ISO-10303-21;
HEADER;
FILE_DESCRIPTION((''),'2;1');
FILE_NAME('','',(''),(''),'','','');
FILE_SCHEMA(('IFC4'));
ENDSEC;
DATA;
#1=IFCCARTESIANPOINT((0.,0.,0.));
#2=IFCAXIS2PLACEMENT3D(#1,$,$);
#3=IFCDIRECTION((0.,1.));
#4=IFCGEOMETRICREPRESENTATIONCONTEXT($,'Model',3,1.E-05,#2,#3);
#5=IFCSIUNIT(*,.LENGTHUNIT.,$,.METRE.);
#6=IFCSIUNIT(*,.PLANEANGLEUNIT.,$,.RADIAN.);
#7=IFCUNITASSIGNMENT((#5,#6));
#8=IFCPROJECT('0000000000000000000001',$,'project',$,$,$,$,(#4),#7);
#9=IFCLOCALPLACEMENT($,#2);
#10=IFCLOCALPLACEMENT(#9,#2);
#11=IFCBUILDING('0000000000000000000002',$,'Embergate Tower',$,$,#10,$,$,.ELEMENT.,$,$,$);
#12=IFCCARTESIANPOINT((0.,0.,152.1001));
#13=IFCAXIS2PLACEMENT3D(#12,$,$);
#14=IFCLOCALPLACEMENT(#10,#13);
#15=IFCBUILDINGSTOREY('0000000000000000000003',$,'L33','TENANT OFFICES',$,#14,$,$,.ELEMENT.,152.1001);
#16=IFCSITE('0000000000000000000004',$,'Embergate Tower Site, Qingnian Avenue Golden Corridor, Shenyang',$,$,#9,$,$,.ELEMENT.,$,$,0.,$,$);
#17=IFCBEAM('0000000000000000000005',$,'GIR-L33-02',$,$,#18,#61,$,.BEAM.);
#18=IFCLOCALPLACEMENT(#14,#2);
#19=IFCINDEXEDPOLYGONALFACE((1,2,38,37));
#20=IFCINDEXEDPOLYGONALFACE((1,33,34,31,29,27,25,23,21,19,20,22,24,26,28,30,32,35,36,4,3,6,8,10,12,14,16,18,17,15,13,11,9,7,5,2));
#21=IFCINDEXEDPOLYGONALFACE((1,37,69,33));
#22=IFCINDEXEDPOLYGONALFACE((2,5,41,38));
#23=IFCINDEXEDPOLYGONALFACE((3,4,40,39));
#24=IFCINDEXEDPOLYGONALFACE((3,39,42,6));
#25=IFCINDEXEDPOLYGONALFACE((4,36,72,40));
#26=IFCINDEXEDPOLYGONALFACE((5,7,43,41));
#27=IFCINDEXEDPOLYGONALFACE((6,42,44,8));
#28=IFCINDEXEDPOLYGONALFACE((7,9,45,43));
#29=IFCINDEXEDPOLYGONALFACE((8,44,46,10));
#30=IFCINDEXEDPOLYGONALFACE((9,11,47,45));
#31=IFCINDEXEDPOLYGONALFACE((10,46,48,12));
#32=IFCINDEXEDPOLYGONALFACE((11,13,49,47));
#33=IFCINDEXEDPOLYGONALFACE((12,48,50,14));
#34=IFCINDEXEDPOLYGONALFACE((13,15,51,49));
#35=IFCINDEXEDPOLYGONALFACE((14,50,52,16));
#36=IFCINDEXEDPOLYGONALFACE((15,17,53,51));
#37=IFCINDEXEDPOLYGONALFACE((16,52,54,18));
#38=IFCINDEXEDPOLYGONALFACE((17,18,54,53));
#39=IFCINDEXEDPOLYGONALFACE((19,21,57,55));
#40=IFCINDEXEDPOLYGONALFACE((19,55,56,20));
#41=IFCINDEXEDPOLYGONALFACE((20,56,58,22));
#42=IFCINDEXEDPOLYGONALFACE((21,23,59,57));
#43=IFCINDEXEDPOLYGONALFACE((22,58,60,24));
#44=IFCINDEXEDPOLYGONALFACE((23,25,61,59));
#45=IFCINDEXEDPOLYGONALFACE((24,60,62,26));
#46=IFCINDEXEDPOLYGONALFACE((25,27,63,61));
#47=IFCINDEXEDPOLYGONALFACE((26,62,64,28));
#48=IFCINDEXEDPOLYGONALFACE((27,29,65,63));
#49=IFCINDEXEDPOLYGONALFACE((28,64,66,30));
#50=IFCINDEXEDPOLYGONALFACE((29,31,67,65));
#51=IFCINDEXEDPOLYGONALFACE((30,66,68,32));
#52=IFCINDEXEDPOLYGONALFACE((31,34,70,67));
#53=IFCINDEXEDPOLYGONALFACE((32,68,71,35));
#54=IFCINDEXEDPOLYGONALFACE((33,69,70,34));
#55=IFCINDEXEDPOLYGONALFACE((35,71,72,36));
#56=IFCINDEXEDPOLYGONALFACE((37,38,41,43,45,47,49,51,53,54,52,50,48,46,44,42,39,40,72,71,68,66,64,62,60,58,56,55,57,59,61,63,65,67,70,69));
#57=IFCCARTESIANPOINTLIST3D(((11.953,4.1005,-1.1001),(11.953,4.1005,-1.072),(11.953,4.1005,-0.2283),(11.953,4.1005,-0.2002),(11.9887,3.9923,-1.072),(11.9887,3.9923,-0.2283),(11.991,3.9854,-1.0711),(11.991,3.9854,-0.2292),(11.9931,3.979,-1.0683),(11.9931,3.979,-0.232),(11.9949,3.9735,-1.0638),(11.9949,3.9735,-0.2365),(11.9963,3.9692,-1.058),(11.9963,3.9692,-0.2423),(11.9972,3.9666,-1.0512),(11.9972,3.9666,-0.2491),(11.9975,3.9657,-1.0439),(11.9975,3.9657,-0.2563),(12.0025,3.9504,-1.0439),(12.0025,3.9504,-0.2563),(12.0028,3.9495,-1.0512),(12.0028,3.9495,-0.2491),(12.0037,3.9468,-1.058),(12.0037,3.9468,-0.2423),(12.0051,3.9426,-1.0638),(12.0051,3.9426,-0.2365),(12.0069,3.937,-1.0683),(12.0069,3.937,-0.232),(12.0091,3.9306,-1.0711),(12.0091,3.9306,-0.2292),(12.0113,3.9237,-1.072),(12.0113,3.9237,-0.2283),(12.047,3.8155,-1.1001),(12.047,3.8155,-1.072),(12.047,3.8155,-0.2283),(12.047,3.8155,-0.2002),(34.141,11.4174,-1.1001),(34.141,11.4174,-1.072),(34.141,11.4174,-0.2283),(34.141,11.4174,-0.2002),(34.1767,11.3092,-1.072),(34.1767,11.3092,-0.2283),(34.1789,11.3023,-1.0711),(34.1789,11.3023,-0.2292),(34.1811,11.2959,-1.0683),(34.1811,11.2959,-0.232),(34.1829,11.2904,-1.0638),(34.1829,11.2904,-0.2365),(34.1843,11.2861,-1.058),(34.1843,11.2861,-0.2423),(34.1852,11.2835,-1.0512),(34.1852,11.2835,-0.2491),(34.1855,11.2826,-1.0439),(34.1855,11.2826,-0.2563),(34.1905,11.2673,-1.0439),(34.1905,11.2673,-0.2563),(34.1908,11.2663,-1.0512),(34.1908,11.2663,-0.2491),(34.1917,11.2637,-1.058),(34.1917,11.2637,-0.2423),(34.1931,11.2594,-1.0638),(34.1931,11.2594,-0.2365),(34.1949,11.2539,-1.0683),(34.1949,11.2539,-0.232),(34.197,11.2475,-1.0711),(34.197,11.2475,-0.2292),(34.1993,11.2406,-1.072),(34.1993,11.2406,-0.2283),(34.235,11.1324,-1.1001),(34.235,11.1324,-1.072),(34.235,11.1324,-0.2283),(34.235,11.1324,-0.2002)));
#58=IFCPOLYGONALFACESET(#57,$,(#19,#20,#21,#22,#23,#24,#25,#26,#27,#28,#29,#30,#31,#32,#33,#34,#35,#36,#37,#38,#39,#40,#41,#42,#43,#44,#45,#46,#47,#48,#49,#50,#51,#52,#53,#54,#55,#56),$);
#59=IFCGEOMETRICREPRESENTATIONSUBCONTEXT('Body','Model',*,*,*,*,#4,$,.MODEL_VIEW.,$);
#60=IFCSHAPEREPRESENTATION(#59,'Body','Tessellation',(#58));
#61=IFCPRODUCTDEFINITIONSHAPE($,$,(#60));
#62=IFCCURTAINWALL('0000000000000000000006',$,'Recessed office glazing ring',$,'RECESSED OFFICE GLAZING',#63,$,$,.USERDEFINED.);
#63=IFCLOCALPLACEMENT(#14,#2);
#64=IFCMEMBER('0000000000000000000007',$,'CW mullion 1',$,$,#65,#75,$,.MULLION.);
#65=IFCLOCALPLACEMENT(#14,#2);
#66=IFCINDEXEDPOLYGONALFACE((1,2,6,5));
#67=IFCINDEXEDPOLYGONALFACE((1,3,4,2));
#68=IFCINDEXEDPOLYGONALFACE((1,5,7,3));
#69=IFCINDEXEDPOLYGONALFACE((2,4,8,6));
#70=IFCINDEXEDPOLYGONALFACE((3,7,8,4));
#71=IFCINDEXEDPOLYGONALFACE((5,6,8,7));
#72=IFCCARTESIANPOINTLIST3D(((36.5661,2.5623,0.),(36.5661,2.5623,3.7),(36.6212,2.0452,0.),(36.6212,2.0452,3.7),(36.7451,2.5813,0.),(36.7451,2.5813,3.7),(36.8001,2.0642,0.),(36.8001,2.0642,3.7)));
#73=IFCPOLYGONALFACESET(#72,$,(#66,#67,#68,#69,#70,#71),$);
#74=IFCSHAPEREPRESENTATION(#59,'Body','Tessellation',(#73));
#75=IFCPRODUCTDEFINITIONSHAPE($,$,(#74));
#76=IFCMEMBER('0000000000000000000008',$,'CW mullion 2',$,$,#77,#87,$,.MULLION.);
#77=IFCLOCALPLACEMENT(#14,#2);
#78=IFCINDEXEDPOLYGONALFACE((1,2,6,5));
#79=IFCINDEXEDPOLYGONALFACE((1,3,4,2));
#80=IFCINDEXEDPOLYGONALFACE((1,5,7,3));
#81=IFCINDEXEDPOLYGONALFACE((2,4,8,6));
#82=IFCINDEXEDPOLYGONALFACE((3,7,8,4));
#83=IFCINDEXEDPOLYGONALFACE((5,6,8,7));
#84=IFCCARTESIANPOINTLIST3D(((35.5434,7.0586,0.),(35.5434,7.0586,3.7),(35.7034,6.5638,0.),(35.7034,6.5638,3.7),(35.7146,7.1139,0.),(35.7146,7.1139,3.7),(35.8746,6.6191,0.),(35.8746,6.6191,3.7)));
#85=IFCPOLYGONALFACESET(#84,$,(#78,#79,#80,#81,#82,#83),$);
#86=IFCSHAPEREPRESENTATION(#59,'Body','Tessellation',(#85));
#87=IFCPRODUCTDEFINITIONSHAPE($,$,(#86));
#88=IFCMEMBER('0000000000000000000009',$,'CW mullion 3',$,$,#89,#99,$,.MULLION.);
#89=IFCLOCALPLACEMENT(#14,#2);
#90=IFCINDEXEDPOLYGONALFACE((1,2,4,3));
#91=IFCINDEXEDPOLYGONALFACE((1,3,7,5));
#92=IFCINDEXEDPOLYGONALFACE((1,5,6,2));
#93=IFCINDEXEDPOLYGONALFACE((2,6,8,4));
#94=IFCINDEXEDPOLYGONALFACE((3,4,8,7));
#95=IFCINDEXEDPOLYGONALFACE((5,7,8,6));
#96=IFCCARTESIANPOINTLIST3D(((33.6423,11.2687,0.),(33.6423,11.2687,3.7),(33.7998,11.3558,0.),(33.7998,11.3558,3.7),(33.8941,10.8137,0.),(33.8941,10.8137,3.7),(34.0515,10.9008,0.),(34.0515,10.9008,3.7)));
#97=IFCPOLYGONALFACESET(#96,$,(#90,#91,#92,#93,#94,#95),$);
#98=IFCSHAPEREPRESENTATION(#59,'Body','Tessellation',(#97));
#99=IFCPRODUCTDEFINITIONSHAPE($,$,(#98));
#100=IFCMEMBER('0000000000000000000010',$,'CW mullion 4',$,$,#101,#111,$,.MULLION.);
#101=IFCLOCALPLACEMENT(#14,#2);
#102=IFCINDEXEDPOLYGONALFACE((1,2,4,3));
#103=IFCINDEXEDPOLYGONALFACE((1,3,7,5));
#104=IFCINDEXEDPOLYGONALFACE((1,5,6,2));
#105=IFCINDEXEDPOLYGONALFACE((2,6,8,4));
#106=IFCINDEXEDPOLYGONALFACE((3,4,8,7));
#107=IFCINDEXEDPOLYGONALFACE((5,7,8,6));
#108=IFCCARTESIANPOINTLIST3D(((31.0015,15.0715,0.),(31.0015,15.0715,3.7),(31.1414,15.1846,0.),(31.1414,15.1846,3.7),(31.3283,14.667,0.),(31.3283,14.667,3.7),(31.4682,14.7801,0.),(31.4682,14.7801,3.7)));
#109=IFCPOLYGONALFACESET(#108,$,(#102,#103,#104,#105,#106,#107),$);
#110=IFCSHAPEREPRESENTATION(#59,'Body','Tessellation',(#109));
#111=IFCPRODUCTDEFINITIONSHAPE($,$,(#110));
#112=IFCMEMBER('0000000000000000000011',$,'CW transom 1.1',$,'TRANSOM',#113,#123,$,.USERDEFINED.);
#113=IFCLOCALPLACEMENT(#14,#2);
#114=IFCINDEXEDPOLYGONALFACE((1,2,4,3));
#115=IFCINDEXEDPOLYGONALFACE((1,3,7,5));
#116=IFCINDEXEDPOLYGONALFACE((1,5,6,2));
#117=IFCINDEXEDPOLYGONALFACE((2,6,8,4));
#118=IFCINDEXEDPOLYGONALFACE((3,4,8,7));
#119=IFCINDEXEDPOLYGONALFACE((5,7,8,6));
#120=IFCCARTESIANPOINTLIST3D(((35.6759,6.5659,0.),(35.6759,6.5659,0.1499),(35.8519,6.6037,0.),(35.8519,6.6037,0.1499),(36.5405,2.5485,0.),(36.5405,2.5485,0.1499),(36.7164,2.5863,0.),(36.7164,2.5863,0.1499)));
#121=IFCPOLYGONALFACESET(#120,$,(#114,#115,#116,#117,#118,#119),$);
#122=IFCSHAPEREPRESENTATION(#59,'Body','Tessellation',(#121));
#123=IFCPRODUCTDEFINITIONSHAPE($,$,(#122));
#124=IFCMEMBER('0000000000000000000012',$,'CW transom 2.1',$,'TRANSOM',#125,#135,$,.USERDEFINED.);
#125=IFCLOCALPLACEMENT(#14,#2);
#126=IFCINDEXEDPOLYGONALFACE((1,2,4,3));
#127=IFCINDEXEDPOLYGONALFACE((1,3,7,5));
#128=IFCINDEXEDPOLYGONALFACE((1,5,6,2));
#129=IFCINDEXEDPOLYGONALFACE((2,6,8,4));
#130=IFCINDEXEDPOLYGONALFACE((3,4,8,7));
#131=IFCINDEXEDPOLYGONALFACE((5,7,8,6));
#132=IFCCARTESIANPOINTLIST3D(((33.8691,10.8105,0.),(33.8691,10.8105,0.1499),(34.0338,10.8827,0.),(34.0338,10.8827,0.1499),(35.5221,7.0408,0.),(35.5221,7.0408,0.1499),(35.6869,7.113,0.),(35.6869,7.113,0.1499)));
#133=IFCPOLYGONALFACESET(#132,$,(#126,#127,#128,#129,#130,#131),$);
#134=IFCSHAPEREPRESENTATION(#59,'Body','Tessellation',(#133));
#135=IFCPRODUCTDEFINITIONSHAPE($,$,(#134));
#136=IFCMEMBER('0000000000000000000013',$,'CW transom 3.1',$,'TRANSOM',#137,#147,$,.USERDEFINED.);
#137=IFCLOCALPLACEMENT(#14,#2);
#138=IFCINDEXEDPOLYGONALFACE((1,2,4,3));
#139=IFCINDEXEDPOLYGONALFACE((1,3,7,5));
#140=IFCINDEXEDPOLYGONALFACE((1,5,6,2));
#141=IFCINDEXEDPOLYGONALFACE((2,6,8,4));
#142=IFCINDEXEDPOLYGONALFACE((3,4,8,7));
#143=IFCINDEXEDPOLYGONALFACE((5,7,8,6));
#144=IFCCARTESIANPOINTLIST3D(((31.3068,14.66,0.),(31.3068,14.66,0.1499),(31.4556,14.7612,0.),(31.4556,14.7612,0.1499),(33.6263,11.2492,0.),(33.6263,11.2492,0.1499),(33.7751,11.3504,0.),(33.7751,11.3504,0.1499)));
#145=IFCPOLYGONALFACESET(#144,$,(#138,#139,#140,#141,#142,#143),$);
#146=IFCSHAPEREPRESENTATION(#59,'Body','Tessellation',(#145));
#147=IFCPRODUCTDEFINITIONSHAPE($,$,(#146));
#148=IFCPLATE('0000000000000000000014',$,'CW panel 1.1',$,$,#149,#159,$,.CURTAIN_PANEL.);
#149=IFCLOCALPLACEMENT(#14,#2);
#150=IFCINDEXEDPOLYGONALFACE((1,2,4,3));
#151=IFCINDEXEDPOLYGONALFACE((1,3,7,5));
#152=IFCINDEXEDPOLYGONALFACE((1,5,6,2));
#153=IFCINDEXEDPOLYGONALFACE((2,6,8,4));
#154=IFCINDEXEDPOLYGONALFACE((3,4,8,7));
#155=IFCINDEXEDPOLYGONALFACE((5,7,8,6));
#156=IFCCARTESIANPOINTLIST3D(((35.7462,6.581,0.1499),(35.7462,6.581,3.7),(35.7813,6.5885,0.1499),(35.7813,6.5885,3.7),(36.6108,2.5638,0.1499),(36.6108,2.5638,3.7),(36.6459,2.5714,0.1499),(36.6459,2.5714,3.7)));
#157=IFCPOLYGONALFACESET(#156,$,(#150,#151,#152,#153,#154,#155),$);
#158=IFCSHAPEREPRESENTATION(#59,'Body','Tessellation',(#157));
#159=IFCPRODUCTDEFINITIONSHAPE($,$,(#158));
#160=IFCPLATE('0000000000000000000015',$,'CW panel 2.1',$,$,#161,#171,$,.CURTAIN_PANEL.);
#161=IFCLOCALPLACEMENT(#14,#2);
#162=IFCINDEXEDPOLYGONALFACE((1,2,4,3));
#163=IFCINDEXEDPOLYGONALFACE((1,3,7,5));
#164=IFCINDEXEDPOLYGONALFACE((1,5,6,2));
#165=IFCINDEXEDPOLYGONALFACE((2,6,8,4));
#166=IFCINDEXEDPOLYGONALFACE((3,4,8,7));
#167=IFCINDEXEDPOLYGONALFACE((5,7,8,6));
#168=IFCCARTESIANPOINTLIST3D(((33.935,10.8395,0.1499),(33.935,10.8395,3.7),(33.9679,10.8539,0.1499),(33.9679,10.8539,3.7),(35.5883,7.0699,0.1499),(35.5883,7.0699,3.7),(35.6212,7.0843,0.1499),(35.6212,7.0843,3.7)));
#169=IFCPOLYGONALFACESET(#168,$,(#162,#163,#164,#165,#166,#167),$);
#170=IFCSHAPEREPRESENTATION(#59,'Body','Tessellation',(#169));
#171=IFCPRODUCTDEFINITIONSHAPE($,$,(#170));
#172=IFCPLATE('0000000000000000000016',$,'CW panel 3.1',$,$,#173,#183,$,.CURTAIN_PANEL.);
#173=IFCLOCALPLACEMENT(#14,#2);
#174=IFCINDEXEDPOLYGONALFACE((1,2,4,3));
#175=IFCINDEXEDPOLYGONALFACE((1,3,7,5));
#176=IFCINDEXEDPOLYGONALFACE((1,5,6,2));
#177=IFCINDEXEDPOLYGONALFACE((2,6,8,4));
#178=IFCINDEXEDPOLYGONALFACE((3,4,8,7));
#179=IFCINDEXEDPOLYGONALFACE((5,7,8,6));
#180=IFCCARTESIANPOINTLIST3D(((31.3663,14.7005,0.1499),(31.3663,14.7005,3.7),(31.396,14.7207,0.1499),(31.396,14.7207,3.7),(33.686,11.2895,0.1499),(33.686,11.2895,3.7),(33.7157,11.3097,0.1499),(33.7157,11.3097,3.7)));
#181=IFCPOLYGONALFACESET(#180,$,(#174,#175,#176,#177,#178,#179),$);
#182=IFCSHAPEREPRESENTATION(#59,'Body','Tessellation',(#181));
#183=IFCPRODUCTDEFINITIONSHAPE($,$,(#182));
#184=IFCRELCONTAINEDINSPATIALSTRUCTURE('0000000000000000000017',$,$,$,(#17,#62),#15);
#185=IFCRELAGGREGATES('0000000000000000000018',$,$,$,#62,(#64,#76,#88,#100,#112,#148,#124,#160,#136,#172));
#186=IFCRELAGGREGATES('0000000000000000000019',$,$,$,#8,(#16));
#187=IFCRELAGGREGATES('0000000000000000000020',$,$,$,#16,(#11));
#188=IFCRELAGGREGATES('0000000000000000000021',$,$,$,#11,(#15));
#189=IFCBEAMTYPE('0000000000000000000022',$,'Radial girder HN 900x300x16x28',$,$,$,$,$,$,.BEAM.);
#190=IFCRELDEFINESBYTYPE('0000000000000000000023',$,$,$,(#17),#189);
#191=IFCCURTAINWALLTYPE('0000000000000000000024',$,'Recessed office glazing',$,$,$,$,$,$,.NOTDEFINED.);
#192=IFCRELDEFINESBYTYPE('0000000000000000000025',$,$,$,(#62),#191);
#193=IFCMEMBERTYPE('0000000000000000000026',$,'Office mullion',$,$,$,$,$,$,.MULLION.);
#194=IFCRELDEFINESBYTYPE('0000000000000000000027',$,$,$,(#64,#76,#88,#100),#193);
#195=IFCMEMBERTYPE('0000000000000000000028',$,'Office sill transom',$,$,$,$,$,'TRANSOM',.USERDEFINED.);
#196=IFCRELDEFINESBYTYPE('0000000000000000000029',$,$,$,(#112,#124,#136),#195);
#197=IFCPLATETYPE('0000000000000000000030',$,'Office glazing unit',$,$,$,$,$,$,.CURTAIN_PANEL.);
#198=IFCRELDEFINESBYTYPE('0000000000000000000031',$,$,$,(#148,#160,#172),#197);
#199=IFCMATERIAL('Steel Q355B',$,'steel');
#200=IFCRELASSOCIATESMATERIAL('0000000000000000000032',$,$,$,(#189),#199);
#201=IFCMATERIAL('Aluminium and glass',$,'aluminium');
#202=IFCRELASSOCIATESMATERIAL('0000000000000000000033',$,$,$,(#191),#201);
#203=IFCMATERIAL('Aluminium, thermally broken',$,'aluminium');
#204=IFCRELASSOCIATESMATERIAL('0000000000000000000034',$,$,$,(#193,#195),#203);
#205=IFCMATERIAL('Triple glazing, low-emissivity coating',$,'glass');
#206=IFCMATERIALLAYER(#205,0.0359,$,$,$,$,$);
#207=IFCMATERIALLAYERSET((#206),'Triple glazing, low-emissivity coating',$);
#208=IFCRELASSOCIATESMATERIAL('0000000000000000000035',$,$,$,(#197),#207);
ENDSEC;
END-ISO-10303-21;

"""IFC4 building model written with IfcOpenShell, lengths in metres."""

from ifc_helpers import new_model, si_unit, direction, frame, origin, origin_2d, place, context, subcontext, project, spatial, rectangle, i_section, extrude, source, transform, mapped, material, layer, layer_set, material_profile, profile_set, type_object, element, aggregate, save


model = new_model("IFC4")

# Units and contexts
model_context = context("Model", 3, precision=1e-05, world=origin(), true_north=direction((0.0, 1.0)))
body_context = subcontext(model_context, "Body", "Model", "MODEL_VIEW")
ifc_project = project(units=[si_unit("LENGTHUNIT", "METRE"), si_unit("PLANEANGLEUNIT", "RADIAN")], contexts=[model_context])

# Site, building, storey
site_placement = place(None, origin())
site = spatial("IfcSite", under=ifc_project, at=site_placement, Name="Embergate Tower Site, Qingnian Avenue Golden Corridor, Shenyang", CompositionType="ELEMENT", RefElevation=0.0)
building_placement = place(site_placement, origin())
building = spatial("IfcBuilding", under=site, at=building_placement, Name="Embergate Tower", CompositionType="ELEMENT")
storey_placement = place(building_placement, frame((0.0, 0.0, 152.1001)))
storey = spatial("IfcBuildingStorey", under=building, at=storey_placement, Name="L33", Description="TENANT OFFICES", CompositionType="ELEMENT", Elevation=152.1001)

# Beam
ifc_material_1 = material(Name="Steel Q355B", Category="steel")
ifc_material_profile_1 = material_profile(ifc_material_1, i_section(OverallWidth=0.3, OverallDepth=0.8999, WebThickness=0.0161, FlangeThickness=0.0281, FilletRadius=0.0281, at=origin_2d()), Name="HN 900x300x16x28")
ifc_profile_set_1 = profile_set([ifc_material_profile_1], Name="Steel Q355 grade B")
beam_type_1 = type_object("IfcBeamType", Name="Radial girder HN 900x300x16x28", PredefinedType="BEAM", material=ifc_profile_set_1)
shared_shape_1 = source(origin(), body_context, "Body", "SweptSolid", [
    extrude(i_section(OverallWidth=0.3, OverallDepth=0.8999, WebThickness=0.0161, FlangeThickness=0.0281, FilletRadius=0.0281, at=origin_2d()), origin(), (0.0, 0.0, 1.0), 23.3633),
])
beam_1_placement = place(storey_placement, frame((34.188, 11.2749, -0.6501), z_axis=(-0.949694, -0.313179, 0.0), x_axis=(0.313179, -0.949694, 0.0)))
element("IfcBeam", 1, at=beam_1_placement, inside=storey, type_object=beam_type_1, Name="GIR-L33-02", PredefinedType="BEAM", context=body_context, shape_type="MappedRepresentation", body=[
    mapped(shared_shape_1, transform((0.0, 0.0, 0.0))),
])

# Curtain wall, members, plates
ifc_material_2 = material(Name="Aluminium and glass", Category="aluminium")
curtain_wall_type = type_object("IfcCurtainWallType", Name="Recessed office glazing", PredefinedType="NOTDEFINED", material=ifc_material_2)
curtain_wall_placement = place(storey_placement, origin())
curtain_wall = element("IfcCurtainWall", 2, at=curtain_wall_placement, inside=storey, type_object=curtain_wall_type, Name="Recessed office glazing ring", ObjectType="RECESSED OFFICE GLAZING", PredefinedType="USERDEFINED")
ifc_material_3 = material(Name="Aluminium, thermally broken", Category="aluminium")
ifc_material_profile_2 = material_profile(ifc_material_3, rectangle(XDim=0.1799, YDim=0.52, at=origin_2d()), Name="AL 520x180")
ifc_profile_set_2 = profile_set([ifc_material_profile_2], Name="Aluminium, thermally broken")
member_type_1 = type_object("IfcMemberType", Name="Office mullion", PredefinedType="MULLION", material=ifc_profile_set_2)
shared_shape_2 = source(origin(), body_context, "Body", "SweptSolid", [
    extrude(rectangle(XDim=0.1799, YDim=0.52, at=origin_2d()), origin(), (0.0, 0.0, 1.0), 3.7),
])
member_1_placement = place(storey_placement, frame((36.6831, 2.3132, 0.0), z_axis=(0.0, 0.0, 1.0), x_axis=(-0.994385, -0.105823, 0.0)))
member_1 = element("IfcMember", 3, at=member_1_placement, type_object=member_type_1, Name="CW mullion 1", PredefinedType="MULLION", context=body_context, shape_type="MappedRepresentation", body=[
    mapped(shared_shape_2, transform((0.0, 0.0, 0.0))),
])
member_2_placement = place(storey_placement, frame((35.709, 6.8389, 0.0), z_axis=(0.0, 0.0, 1.0), x_axis=(-0.951498, -0.307654, 0.0)))
member_2 = element("IfcMember", 4, at=member_2_placement, type_object=member_type_1, Name="CW mullion 2", PredefinedType="MULLION", context=body_context, shape_type="MappedRepresentation", body=[
    mapped(shared_shape_2, transform((0.0, 0.0, 0.0))),
])
member_3_placement = place(storey_placement, frame((33.8469, 11.0847, 0.0), z_axis=(0.0, 0.0, 1.0), x_axis=(-0.875002, -0.484119, 0.0)))
member_3 = element("IfcMember", 5, at=member_3_placement, type_object=member_type_1, Name="CW mullion 3", PredefinedType="MULLION", context=body_context, shape_type="MappedRepresentation", body=[
    mapped(shared_shape_2, transform((0.0, 0.0, 0.0))),
])
member_4_placement = place(storey_placement, frame((31.2349, 14.9258, 0.0), z_axis=(0.0, 0.0, 1.0), x_axis=(-0.777873, -0.628422, 0.0)))
member_4 = element("IfcMember", 6, at=member_4_placement, type_object=member_type_1, Name="CW mullion 4", PredefinedType="MULLION", context=body_context, shape_type="MappedRepresentation", body=[
    mapped(shared_shape_2, transform((0.0, 0.0, 0.0))),
])
ifc_material_profile_3 = material_profile(ifc_material_3, rectangle(XDim=0.1799, YDim=0.1499, at=origin_2d()), Name="AL 150x180")
ifc_profile_set_3 = profile_set([ifc_material_profile_3], Name="Aluminium, thermally broken")
member_type_2 = type_object("IfcMemberType", Name="Office sill transom", ElementType="TRANSOM", PredefinedType="USERDEFINED", material=ifc_profile_set_3)
shared_shape_3 = source(origin(), body_context, "Body", "SweptSolid", [
    extrude(rectangle(XDim=0.1799, YDim=0.1499, at=origin_2d()), origin(), (0.0, 0.0, 1.0), 4.1094),
])
member_5_placement = place(storey_placement, frame((36.6284, 2.5674, 0.075), z_axis=(-0.210377, 0.97762, 0.0), x_axis=(-0.97762, -0.210377, 0.0)))
member_5 = element("IfcMember", 7, at=member_5_placement, type_object=member_type_2, Name="CW transom 1.1", ObjectType="TRANSOM", PredefinedType="USERDEFINED", context=body_context, shape_type="MappedRepresentation", body=[
    mapped(shared_shape_3, transform((0.0, 0.0, 0.0))),
])
shared_shape_4 = source(origin(), body_context, "Body", "SweptSolid", [
    extrude(rectangle(XDim=0.1799, YDim=0.1499, at=origin_2d()), origin(), (0.0, 0.0, 1.0), 4.1162),
])
member_6_placement = place(storey_placement, frame((35.6045, 7.0769, 0.075), z_axis=(-0.401593, 0.915818, 0.0), x_axis=(-0.915818, -0.401593, 0.0)))
member_6 = element("IfcMember", 8, at=member_6_placement, type_object=member_type_2, Name="CW transom 2.1", ObjectType="TRANSOM", PredefinedType="USERDEFINED", context=body_context, shape_type="MappedRepresentation", body=[
    mapped(shared_shape_4, transform((0.0, 0.0, 0.0))),
])
shared_shape_5 = source(origin(), body_context, "Body", "SweptSolid", [
    extrude(rectangle(XDim=0.1799, YDim=0.1499, at=origin_2d()), origin(), (0.0, 0.0, 1.0), 4.1248),
])
member_7_placement = place(storey_placement, frame((33.7007, 11.2998, 0.075), z_axis=(-0.562339, 0.826907, 0.0), x_axis=(-0.826907, -0.562339, 0.0)))
member_7 = element("IfcMember", 9, at=member_7_placement, type_object=member_type_2, Name="CW transom 3.1", ObjectType="TRANSOM", PredefinedType="USERDEFINED", context=body_context, shape_type="MappedRepresentation", body=[
    mapped(shared_shape_5, transform((0.0, 0.0, 0.0))),
])
ifc_material_4 = material(Name="Triple glazing, low-emissivity coating", Category="glass")
ifc_layer_1 = layer(ifc_material_4, 0.0359)
ifc_layer_set_1 = layer_set([ifc_layer_1], Name="Triple glazing, low-emissivity coating")
plate_type = type_object("IfcPlateType", Name="Office glazing unit", PredefinedType="CURTAIN_PANEL", material=ifc_layer_set_1)
shared_shape_6 = source(origin(), body_context, "Body", "SweptSolid", [
    extrude(rectangle(XDim=4.1091, YDim=0.0359, at=origin_2d()), origin(), (0.0, 0.0, 1.0), 3.55),
])
plate_1_placement = place(storey_placement, frame((36.196, 4.5762, 0.1499), z_axis=(0.0, 0.0, 1.0), x_axis=(-0.210398, 0.977616, 0.0)))
plate_1 = element("IfcPlate", 10, at=plate_1_placement, type_object=plate_type, Name="CW panel 1.1", PredefinedType="CURTAIN_PANEL", context=body_context, shape_type="MappedRepresentation", body=[
    mapped(shared_shape_6, transform((0.0, 0.0, 0.0))),
])
shared_shape_7 = source(origin(), body_context, "Body", "SweptSolid", [
    extrude(rectangle(XDim=4.1162, YDim=0.0359, at=origin_2d()), origin(), (0.0, 0.0, 1.0), 3.55),
])
plate_2_placement = place(storey_placement, frame((34.7781, 8.9619, 0.1499), z_axis=(0.0, 0.0, 1.0), x_axis=(-0.401652, 0.915792, 0.0)))
plate_2 = element("IfcPlate", 11, at=plate_2_placement, type_object=plate_type, Name="CW panel 2.1", PredefinedType="CURTAIN_PANEL", context=body_context, shape_type="MappedRepresentation", body=[
    mapped(shared_shape_7, transform((0.0, 0.0, 0.0))),
])
shared_shape_8 = source(origin(), body_context, "Body", "SweptSolid", [
    extrude(rectangle(XDim=4.125, YDim=0.0359, at=origin_2d()), origin(), (0.0, 0.0, 1.0), 3.55),
])
plate_3_placement = place(storey_placement, frame((32.541, 13.0051, 0.1499), z_axis=(0.0, 0.0, 1.0), x_axis=(-0.562342, 0.826905, 0.0)))
plate_3 = element("IfcPlate", 12, at=plate_3_placement, type_object=plate_type, Name="CW panel 3.1", PredefinedType="CURTAIN_PANEL", context=body_context, shape_type="MappedRepresentation", body=[
    mapped(shared_shape_8, transform((0.0, 0.0, 0.0))),
])
aggregate(curtain_wall, [member_1, member_2, member_3, member_4, member_5, plate_1, member_6, plate_2, member_7, plate_3])

save(model, "model.ifc")
